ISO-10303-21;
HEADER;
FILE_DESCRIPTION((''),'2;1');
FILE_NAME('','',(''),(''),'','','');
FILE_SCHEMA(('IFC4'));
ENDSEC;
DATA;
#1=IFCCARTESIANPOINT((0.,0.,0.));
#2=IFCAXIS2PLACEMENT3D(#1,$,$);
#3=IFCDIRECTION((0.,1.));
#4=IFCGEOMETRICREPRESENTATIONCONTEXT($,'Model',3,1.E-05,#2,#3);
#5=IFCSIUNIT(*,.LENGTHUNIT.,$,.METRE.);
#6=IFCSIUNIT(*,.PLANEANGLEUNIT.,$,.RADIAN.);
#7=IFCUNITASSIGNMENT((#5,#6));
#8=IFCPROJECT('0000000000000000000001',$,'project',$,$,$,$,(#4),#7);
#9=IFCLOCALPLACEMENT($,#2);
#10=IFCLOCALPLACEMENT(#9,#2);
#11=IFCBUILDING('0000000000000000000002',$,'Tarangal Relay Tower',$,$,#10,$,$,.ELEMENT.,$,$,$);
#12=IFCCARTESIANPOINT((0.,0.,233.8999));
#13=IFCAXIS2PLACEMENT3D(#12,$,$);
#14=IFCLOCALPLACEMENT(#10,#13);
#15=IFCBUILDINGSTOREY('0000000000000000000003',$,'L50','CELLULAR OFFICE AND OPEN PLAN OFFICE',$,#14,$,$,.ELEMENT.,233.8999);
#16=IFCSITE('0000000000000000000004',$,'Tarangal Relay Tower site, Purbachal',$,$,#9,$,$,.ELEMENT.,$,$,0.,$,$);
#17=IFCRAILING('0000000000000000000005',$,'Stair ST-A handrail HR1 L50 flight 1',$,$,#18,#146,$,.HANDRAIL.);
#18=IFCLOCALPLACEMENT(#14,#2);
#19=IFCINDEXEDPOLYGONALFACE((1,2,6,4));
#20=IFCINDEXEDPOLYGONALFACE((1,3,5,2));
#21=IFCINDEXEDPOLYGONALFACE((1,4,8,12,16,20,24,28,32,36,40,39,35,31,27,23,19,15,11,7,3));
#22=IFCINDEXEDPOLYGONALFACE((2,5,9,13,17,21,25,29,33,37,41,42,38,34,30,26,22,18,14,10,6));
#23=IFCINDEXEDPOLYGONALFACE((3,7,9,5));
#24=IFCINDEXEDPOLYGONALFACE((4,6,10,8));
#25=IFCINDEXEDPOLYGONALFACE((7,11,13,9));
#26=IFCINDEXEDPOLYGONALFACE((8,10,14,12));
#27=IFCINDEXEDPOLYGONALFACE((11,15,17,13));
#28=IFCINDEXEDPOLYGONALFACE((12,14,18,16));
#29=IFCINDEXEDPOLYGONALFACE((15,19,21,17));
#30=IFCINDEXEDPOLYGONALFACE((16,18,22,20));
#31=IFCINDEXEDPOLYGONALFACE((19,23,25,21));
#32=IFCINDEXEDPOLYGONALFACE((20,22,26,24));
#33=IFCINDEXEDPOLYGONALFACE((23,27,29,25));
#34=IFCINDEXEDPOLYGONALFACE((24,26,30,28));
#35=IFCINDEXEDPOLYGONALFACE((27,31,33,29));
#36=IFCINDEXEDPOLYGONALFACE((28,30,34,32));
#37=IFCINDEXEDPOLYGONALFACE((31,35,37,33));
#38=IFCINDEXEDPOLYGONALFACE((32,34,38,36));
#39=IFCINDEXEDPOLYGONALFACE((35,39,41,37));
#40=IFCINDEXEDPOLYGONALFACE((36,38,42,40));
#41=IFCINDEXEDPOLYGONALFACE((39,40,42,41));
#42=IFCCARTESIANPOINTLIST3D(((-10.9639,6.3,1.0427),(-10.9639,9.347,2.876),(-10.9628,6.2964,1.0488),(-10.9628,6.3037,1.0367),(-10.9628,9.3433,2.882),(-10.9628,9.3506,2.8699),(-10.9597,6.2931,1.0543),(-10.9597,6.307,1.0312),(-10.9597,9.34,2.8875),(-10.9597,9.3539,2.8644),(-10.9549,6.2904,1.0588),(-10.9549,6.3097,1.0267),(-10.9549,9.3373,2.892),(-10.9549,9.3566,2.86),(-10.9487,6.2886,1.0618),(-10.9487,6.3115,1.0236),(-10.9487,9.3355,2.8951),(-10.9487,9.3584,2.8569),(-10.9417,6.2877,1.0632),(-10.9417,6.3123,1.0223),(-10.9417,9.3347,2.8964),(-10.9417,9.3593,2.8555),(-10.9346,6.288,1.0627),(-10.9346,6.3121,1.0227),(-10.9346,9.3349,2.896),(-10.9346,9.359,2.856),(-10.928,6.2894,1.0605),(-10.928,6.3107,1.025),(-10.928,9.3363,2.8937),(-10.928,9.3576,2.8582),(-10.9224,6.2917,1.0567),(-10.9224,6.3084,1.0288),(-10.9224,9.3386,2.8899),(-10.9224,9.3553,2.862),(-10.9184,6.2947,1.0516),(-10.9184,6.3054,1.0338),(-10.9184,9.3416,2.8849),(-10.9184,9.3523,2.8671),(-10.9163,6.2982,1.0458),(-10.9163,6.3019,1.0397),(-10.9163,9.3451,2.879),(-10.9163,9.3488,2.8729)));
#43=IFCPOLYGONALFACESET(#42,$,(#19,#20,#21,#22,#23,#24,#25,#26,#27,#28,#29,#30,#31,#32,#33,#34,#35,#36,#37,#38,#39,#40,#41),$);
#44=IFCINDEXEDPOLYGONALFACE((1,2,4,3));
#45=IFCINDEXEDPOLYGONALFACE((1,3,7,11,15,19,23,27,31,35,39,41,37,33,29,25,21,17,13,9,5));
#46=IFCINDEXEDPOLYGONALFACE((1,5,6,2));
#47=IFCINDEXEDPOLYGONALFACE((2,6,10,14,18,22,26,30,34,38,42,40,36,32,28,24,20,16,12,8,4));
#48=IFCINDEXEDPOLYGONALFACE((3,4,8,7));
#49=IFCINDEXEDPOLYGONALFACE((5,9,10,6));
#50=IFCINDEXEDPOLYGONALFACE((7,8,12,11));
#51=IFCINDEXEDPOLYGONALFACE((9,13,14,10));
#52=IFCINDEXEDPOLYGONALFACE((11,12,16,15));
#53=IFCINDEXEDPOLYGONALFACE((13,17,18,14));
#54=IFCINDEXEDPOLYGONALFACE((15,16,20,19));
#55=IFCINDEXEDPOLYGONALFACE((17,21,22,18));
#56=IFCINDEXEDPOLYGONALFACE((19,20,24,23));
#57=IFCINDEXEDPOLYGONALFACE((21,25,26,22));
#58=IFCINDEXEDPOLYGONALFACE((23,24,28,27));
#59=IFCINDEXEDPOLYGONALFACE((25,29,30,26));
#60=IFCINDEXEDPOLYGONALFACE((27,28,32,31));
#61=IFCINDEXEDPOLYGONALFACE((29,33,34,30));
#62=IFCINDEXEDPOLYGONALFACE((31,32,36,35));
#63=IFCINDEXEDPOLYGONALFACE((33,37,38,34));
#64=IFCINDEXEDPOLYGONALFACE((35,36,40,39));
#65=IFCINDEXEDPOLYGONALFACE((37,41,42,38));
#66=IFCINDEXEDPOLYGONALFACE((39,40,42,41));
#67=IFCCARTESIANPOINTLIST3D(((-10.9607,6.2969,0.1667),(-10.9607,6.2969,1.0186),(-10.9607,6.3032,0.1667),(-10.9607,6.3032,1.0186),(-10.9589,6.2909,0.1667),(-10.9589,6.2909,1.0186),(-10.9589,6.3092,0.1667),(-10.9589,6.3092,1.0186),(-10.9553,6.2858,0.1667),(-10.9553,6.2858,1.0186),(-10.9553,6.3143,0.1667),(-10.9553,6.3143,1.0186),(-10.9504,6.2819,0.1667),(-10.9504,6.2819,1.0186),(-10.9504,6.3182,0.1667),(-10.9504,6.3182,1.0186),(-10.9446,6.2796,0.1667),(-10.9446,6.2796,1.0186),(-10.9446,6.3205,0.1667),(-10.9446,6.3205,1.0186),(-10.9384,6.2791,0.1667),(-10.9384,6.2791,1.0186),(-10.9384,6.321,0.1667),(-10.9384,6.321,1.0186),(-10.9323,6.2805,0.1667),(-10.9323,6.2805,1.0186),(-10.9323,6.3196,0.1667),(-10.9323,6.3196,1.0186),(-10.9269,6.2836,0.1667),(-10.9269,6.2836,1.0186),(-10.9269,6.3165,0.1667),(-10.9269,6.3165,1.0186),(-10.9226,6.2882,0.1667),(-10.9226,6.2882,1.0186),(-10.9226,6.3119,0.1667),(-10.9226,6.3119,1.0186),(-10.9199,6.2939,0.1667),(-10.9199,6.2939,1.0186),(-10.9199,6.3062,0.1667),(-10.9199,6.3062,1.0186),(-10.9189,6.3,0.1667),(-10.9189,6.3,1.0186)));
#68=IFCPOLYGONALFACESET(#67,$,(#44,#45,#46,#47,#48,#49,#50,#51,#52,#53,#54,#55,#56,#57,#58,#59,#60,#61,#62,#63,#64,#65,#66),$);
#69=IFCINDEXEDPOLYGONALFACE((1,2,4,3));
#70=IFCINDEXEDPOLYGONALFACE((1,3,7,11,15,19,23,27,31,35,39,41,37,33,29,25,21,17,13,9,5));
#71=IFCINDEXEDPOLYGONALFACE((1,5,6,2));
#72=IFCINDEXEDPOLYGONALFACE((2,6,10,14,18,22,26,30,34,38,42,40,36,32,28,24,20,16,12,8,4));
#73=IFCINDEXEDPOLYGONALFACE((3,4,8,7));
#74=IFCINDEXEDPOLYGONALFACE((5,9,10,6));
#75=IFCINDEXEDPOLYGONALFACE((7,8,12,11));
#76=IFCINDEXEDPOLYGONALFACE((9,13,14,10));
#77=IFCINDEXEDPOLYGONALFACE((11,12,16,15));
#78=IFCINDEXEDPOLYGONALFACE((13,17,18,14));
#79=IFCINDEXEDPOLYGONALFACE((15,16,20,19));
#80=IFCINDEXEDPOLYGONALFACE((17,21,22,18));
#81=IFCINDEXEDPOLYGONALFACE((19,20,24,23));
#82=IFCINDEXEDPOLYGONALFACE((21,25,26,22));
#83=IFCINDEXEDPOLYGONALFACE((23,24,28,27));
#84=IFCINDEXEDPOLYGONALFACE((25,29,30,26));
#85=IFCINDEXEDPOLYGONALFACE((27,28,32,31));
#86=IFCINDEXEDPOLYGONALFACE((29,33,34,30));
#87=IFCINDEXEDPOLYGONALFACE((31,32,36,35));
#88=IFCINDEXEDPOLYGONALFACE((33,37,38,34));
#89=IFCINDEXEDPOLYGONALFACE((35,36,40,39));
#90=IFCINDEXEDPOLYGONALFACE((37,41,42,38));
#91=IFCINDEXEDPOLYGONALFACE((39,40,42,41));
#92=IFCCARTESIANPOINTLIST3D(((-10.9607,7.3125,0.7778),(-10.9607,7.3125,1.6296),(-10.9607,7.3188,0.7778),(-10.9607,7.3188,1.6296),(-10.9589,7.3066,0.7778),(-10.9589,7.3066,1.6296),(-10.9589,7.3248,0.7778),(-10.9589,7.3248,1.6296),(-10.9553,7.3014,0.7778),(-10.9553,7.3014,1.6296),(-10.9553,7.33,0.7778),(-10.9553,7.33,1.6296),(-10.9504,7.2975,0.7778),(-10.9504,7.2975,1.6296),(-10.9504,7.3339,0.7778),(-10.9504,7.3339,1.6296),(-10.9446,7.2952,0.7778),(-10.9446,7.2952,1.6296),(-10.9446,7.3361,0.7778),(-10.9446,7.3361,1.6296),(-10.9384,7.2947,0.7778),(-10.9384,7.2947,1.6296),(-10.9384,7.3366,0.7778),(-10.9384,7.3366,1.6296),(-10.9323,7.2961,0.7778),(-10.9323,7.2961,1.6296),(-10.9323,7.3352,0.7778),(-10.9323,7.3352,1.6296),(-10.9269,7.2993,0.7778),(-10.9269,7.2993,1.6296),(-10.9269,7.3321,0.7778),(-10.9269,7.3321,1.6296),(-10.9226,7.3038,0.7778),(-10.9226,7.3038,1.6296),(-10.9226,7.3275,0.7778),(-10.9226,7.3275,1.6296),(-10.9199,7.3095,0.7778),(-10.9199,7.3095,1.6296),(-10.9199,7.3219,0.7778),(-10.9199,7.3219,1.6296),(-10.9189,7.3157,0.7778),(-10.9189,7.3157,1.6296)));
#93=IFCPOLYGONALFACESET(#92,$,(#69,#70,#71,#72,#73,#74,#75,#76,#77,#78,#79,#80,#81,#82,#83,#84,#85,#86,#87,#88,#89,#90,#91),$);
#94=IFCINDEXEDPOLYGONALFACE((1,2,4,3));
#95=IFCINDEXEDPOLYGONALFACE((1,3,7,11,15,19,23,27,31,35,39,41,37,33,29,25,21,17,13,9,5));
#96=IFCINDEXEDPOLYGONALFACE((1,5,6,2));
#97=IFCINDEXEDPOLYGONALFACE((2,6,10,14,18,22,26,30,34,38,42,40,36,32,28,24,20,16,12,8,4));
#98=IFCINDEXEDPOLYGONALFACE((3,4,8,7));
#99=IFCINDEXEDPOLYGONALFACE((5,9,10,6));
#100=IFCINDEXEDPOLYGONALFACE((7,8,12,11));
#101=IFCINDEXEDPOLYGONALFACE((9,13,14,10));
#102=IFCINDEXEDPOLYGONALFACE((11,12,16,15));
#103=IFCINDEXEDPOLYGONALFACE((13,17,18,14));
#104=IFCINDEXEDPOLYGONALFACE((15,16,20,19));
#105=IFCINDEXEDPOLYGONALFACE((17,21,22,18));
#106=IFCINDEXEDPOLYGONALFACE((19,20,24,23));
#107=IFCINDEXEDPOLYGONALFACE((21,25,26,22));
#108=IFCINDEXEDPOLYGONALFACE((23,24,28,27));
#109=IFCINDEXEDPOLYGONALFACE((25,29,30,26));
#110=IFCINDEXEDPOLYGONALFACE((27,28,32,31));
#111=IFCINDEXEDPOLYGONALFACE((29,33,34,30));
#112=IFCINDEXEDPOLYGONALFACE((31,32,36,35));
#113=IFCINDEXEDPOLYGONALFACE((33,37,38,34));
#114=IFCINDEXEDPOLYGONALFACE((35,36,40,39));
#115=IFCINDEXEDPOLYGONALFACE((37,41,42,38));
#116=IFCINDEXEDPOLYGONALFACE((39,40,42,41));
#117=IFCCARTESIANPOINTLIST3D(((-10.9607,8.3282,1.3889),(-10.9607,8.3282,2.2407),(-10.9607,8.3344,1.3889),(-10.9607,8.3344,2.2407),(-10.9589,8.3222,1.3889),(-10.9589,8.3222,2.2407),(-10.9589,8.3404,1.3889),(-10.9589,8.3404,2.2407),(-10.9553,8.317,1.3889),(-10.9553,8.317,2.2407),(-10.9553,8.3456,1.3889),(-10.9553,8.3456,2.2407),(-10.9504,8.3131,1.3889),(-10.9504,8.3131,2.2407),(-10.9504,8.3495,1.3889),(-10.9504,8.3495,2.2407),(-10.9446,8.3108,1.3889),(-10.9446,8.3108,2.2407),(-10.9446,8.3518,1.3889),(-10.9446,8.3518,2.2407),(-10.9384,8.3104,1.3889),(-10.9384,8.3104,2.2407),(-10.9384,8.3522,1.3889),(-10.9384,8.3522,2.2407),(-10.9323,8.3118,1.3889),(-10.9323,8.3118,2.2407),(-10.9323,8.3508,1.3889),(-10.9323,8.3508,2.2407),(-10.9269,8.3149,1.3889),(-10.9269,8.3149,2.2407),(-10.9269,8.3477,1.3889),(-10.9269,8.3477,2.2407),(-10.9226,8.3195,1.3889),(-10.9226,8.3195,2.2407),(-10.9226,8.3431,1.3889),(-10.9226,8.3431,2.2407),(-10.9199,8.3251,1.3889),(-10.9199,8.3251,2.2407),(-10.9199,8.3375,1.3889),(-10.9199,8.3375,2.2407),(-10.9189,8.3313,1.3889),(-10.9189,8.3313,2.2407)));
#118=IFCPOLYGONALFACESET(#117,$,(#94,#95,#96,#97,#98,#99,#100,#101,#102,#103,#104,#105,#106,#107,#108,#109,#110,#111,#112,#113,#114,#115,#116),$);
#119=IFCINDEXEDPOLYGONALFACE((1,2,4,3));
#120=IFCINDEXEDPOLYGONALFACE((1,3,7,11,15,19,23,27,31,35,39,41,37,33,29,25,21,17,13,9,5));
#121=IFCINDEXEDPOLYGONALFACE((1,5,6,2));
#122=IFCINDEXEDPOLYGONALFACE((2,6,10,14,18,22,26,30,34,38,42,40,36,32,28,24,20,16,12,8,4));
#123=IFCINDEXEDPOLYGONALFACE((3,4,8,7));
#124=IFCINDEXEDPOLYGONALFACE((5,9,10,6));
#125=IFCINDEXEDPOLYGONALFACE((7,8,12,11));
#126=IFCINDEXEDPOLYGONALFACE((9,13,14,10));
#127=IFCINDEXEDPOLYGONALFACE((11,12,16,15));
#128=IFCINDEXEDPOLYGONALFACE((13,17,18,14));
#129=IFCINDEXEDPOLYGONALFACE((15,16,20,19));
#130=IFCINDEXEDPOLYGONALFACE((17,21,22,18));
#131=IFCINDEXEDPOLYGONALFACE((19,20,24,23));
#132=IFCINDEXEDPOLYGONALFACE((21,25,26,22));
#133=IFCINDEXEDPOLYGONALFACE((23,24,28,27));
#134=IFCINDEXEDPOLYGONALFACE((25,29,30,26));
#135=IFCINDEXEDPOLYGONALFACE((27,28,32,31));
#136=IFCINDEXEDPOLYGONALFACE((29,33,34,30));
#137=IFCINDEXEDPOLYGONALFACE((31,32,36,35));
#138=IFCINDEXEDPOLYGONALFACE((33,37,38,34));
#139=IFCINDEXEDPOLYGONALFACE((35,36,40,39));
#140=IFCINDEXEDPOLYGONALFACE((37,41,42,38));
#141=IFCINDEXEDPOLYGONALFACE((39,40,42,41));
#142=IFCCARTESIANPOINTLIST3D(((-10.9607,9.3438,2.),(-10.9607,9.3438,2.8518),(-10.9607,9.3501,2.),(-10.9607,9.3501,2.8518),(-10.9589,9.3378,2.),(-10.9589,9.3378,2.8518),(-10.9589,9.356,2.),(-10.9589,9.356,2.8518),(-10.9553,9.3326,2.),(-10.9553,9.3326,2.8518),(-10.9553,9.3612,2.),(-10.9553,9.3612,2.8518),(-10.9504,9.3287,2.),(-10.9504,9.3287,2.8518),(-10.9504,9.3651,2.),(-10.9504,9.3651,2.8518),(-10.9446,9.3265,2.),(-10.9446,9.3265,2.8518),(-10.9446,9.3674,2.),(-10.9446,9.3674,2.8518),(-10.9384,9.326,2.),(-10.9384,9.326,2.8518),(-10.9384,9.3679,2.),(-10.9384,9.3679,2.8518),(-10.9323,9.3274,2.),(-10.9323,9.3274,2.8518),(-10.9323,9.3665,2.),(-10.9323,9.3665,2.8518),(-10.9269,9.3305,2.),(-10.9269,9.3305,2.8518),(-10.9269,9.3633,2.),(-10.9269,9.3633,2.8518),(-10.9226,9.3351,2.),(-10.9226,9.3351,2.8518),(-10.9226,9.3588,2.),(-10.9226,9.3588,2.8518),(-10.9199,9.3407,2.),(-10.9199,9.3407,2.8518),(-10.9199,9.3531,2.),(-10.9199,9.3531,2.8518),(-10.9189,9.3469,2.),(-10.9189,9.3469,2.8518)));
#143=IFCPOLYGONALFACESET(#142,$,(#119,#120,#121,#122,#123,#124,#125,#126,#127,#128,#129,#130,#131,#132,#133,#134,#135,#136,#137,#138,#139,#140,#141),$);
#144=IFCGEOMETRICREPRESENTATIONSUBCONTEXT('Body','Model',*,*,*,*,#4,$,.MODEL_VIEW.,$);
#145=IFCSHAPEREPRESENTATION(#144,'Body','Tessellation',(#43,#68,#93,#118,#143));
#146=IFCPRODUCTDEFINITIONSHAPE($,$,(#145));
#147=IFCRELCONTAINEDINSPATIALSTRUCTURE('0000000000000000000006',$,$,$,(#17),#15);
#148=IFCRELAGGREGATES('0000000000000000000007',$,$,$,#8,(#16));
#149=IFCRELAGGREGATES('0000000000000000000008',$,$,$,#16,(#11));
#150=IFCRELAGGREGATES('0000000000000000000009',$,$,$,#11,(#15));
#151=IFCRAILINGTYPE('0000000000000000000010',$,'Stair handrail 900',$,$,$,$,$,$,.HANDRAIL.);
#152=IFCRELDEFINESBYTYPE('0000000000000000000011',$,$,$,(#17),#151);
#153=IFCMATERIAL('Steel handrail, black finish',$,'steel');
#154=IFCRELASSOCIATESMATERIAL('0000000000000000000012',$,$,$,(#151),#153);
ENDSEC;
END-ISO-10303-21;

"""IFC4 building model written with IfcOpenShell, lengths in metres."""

from ifc_helpers import new_model, si_unit, direction, frame, origin, origin_2d, place, context, subcontext, project, spatial, circle, extrude, material, type_object, element, save


model = new_model("IFC4")

# Units and contexts
model_context = context("Model", 3, precision=1e-05, world=origin(), true_north=direction((0.0, 1.0)))
body_context = subcontext(model_context, "Body", "Model", "MODEL_VIEW")
ifc_project = project(units=[si_unit("LENGTHUNIT", "METRE"), si_unit("PLANEANGLEUNIT", "RADIAN")], contexts=[model_context])

# Site, building, storey
site_placement = place(None, origin())
site = spatial("IfcSite", under=ifc_project, at=site_placement, Name="Tarangal Relay Tower site, Purbachal", CompositionType="ELEMENT", RefElevation=0.0)
building_placement = place(site_placement, origin())
building = spatial("IfcBuilding", under=site, at=building_placement, Name="Tarangal Relay Tower", CompositionType="ELEMENT")
storey_placement = place(building_placement, frame((0.0, 0.0, 233.8999)))
storey = spatial("IfcBuildingStorey", under=building, at=storey_placement, Name="L50", Description="CELLULAR OFFICE AND OPEN PLAN OFFICE", CompositionType="ELEMENT", Elevation=233.8999)

# Railing
ifc_material_1 = material(Name="Steel handrail, black finish", Category="steel")
railing_type_1 = type_object("IfcRailingType", Name="Stair handrail 900", PredefinedType="HANDRAIL", material=ifc_material_1)
railing_1_placement = place(storey_placement, frame((-10.9399, 6.3, 0.1667)))
element("IfcRailing", 1, at=railing_1_placement, inside=storey, type_object=railing_type_1, Name="Stair ST-A handrail HR1 L50 flight 1", PredefinedType="HANDRAIL", context=body_context, shape_type="SweptSolid", body=[
    extrude(circle(Radius=0.0239, at=origin_2d()), frame((0.0, 0.0, 0.876), z_axis=(0.0, 0.856856, 0.515556), x_axis=(-1.0, 0.0, 0.0)), (0.0, 0.0, 1.0), 3.5559),
    extrude(circle(Radius=0.021, at=origin_2d()), origin(), (0.0, 0.0, 1.0), 0.8518),
    extrude(circle(Radius=0.021, at=origin_2d()), frame((0.0, 1.0156, 0.6111)), (0.0, 0.0, 1.0), 0.8518),
    extrude(circle(Radius=0.021, at=origin_2d()), frame((0.0, 2.0312, 1.2222)), (0.0, 0.0, 1.0), 0.8518),
    extrude(circle(Radius=0.021, at=origin_2d()), frame((0.0, 3.0469, 1.8333)), (0.0, 0.0, 1.0), 0.8518),
])

save(model, "model.ifc")
